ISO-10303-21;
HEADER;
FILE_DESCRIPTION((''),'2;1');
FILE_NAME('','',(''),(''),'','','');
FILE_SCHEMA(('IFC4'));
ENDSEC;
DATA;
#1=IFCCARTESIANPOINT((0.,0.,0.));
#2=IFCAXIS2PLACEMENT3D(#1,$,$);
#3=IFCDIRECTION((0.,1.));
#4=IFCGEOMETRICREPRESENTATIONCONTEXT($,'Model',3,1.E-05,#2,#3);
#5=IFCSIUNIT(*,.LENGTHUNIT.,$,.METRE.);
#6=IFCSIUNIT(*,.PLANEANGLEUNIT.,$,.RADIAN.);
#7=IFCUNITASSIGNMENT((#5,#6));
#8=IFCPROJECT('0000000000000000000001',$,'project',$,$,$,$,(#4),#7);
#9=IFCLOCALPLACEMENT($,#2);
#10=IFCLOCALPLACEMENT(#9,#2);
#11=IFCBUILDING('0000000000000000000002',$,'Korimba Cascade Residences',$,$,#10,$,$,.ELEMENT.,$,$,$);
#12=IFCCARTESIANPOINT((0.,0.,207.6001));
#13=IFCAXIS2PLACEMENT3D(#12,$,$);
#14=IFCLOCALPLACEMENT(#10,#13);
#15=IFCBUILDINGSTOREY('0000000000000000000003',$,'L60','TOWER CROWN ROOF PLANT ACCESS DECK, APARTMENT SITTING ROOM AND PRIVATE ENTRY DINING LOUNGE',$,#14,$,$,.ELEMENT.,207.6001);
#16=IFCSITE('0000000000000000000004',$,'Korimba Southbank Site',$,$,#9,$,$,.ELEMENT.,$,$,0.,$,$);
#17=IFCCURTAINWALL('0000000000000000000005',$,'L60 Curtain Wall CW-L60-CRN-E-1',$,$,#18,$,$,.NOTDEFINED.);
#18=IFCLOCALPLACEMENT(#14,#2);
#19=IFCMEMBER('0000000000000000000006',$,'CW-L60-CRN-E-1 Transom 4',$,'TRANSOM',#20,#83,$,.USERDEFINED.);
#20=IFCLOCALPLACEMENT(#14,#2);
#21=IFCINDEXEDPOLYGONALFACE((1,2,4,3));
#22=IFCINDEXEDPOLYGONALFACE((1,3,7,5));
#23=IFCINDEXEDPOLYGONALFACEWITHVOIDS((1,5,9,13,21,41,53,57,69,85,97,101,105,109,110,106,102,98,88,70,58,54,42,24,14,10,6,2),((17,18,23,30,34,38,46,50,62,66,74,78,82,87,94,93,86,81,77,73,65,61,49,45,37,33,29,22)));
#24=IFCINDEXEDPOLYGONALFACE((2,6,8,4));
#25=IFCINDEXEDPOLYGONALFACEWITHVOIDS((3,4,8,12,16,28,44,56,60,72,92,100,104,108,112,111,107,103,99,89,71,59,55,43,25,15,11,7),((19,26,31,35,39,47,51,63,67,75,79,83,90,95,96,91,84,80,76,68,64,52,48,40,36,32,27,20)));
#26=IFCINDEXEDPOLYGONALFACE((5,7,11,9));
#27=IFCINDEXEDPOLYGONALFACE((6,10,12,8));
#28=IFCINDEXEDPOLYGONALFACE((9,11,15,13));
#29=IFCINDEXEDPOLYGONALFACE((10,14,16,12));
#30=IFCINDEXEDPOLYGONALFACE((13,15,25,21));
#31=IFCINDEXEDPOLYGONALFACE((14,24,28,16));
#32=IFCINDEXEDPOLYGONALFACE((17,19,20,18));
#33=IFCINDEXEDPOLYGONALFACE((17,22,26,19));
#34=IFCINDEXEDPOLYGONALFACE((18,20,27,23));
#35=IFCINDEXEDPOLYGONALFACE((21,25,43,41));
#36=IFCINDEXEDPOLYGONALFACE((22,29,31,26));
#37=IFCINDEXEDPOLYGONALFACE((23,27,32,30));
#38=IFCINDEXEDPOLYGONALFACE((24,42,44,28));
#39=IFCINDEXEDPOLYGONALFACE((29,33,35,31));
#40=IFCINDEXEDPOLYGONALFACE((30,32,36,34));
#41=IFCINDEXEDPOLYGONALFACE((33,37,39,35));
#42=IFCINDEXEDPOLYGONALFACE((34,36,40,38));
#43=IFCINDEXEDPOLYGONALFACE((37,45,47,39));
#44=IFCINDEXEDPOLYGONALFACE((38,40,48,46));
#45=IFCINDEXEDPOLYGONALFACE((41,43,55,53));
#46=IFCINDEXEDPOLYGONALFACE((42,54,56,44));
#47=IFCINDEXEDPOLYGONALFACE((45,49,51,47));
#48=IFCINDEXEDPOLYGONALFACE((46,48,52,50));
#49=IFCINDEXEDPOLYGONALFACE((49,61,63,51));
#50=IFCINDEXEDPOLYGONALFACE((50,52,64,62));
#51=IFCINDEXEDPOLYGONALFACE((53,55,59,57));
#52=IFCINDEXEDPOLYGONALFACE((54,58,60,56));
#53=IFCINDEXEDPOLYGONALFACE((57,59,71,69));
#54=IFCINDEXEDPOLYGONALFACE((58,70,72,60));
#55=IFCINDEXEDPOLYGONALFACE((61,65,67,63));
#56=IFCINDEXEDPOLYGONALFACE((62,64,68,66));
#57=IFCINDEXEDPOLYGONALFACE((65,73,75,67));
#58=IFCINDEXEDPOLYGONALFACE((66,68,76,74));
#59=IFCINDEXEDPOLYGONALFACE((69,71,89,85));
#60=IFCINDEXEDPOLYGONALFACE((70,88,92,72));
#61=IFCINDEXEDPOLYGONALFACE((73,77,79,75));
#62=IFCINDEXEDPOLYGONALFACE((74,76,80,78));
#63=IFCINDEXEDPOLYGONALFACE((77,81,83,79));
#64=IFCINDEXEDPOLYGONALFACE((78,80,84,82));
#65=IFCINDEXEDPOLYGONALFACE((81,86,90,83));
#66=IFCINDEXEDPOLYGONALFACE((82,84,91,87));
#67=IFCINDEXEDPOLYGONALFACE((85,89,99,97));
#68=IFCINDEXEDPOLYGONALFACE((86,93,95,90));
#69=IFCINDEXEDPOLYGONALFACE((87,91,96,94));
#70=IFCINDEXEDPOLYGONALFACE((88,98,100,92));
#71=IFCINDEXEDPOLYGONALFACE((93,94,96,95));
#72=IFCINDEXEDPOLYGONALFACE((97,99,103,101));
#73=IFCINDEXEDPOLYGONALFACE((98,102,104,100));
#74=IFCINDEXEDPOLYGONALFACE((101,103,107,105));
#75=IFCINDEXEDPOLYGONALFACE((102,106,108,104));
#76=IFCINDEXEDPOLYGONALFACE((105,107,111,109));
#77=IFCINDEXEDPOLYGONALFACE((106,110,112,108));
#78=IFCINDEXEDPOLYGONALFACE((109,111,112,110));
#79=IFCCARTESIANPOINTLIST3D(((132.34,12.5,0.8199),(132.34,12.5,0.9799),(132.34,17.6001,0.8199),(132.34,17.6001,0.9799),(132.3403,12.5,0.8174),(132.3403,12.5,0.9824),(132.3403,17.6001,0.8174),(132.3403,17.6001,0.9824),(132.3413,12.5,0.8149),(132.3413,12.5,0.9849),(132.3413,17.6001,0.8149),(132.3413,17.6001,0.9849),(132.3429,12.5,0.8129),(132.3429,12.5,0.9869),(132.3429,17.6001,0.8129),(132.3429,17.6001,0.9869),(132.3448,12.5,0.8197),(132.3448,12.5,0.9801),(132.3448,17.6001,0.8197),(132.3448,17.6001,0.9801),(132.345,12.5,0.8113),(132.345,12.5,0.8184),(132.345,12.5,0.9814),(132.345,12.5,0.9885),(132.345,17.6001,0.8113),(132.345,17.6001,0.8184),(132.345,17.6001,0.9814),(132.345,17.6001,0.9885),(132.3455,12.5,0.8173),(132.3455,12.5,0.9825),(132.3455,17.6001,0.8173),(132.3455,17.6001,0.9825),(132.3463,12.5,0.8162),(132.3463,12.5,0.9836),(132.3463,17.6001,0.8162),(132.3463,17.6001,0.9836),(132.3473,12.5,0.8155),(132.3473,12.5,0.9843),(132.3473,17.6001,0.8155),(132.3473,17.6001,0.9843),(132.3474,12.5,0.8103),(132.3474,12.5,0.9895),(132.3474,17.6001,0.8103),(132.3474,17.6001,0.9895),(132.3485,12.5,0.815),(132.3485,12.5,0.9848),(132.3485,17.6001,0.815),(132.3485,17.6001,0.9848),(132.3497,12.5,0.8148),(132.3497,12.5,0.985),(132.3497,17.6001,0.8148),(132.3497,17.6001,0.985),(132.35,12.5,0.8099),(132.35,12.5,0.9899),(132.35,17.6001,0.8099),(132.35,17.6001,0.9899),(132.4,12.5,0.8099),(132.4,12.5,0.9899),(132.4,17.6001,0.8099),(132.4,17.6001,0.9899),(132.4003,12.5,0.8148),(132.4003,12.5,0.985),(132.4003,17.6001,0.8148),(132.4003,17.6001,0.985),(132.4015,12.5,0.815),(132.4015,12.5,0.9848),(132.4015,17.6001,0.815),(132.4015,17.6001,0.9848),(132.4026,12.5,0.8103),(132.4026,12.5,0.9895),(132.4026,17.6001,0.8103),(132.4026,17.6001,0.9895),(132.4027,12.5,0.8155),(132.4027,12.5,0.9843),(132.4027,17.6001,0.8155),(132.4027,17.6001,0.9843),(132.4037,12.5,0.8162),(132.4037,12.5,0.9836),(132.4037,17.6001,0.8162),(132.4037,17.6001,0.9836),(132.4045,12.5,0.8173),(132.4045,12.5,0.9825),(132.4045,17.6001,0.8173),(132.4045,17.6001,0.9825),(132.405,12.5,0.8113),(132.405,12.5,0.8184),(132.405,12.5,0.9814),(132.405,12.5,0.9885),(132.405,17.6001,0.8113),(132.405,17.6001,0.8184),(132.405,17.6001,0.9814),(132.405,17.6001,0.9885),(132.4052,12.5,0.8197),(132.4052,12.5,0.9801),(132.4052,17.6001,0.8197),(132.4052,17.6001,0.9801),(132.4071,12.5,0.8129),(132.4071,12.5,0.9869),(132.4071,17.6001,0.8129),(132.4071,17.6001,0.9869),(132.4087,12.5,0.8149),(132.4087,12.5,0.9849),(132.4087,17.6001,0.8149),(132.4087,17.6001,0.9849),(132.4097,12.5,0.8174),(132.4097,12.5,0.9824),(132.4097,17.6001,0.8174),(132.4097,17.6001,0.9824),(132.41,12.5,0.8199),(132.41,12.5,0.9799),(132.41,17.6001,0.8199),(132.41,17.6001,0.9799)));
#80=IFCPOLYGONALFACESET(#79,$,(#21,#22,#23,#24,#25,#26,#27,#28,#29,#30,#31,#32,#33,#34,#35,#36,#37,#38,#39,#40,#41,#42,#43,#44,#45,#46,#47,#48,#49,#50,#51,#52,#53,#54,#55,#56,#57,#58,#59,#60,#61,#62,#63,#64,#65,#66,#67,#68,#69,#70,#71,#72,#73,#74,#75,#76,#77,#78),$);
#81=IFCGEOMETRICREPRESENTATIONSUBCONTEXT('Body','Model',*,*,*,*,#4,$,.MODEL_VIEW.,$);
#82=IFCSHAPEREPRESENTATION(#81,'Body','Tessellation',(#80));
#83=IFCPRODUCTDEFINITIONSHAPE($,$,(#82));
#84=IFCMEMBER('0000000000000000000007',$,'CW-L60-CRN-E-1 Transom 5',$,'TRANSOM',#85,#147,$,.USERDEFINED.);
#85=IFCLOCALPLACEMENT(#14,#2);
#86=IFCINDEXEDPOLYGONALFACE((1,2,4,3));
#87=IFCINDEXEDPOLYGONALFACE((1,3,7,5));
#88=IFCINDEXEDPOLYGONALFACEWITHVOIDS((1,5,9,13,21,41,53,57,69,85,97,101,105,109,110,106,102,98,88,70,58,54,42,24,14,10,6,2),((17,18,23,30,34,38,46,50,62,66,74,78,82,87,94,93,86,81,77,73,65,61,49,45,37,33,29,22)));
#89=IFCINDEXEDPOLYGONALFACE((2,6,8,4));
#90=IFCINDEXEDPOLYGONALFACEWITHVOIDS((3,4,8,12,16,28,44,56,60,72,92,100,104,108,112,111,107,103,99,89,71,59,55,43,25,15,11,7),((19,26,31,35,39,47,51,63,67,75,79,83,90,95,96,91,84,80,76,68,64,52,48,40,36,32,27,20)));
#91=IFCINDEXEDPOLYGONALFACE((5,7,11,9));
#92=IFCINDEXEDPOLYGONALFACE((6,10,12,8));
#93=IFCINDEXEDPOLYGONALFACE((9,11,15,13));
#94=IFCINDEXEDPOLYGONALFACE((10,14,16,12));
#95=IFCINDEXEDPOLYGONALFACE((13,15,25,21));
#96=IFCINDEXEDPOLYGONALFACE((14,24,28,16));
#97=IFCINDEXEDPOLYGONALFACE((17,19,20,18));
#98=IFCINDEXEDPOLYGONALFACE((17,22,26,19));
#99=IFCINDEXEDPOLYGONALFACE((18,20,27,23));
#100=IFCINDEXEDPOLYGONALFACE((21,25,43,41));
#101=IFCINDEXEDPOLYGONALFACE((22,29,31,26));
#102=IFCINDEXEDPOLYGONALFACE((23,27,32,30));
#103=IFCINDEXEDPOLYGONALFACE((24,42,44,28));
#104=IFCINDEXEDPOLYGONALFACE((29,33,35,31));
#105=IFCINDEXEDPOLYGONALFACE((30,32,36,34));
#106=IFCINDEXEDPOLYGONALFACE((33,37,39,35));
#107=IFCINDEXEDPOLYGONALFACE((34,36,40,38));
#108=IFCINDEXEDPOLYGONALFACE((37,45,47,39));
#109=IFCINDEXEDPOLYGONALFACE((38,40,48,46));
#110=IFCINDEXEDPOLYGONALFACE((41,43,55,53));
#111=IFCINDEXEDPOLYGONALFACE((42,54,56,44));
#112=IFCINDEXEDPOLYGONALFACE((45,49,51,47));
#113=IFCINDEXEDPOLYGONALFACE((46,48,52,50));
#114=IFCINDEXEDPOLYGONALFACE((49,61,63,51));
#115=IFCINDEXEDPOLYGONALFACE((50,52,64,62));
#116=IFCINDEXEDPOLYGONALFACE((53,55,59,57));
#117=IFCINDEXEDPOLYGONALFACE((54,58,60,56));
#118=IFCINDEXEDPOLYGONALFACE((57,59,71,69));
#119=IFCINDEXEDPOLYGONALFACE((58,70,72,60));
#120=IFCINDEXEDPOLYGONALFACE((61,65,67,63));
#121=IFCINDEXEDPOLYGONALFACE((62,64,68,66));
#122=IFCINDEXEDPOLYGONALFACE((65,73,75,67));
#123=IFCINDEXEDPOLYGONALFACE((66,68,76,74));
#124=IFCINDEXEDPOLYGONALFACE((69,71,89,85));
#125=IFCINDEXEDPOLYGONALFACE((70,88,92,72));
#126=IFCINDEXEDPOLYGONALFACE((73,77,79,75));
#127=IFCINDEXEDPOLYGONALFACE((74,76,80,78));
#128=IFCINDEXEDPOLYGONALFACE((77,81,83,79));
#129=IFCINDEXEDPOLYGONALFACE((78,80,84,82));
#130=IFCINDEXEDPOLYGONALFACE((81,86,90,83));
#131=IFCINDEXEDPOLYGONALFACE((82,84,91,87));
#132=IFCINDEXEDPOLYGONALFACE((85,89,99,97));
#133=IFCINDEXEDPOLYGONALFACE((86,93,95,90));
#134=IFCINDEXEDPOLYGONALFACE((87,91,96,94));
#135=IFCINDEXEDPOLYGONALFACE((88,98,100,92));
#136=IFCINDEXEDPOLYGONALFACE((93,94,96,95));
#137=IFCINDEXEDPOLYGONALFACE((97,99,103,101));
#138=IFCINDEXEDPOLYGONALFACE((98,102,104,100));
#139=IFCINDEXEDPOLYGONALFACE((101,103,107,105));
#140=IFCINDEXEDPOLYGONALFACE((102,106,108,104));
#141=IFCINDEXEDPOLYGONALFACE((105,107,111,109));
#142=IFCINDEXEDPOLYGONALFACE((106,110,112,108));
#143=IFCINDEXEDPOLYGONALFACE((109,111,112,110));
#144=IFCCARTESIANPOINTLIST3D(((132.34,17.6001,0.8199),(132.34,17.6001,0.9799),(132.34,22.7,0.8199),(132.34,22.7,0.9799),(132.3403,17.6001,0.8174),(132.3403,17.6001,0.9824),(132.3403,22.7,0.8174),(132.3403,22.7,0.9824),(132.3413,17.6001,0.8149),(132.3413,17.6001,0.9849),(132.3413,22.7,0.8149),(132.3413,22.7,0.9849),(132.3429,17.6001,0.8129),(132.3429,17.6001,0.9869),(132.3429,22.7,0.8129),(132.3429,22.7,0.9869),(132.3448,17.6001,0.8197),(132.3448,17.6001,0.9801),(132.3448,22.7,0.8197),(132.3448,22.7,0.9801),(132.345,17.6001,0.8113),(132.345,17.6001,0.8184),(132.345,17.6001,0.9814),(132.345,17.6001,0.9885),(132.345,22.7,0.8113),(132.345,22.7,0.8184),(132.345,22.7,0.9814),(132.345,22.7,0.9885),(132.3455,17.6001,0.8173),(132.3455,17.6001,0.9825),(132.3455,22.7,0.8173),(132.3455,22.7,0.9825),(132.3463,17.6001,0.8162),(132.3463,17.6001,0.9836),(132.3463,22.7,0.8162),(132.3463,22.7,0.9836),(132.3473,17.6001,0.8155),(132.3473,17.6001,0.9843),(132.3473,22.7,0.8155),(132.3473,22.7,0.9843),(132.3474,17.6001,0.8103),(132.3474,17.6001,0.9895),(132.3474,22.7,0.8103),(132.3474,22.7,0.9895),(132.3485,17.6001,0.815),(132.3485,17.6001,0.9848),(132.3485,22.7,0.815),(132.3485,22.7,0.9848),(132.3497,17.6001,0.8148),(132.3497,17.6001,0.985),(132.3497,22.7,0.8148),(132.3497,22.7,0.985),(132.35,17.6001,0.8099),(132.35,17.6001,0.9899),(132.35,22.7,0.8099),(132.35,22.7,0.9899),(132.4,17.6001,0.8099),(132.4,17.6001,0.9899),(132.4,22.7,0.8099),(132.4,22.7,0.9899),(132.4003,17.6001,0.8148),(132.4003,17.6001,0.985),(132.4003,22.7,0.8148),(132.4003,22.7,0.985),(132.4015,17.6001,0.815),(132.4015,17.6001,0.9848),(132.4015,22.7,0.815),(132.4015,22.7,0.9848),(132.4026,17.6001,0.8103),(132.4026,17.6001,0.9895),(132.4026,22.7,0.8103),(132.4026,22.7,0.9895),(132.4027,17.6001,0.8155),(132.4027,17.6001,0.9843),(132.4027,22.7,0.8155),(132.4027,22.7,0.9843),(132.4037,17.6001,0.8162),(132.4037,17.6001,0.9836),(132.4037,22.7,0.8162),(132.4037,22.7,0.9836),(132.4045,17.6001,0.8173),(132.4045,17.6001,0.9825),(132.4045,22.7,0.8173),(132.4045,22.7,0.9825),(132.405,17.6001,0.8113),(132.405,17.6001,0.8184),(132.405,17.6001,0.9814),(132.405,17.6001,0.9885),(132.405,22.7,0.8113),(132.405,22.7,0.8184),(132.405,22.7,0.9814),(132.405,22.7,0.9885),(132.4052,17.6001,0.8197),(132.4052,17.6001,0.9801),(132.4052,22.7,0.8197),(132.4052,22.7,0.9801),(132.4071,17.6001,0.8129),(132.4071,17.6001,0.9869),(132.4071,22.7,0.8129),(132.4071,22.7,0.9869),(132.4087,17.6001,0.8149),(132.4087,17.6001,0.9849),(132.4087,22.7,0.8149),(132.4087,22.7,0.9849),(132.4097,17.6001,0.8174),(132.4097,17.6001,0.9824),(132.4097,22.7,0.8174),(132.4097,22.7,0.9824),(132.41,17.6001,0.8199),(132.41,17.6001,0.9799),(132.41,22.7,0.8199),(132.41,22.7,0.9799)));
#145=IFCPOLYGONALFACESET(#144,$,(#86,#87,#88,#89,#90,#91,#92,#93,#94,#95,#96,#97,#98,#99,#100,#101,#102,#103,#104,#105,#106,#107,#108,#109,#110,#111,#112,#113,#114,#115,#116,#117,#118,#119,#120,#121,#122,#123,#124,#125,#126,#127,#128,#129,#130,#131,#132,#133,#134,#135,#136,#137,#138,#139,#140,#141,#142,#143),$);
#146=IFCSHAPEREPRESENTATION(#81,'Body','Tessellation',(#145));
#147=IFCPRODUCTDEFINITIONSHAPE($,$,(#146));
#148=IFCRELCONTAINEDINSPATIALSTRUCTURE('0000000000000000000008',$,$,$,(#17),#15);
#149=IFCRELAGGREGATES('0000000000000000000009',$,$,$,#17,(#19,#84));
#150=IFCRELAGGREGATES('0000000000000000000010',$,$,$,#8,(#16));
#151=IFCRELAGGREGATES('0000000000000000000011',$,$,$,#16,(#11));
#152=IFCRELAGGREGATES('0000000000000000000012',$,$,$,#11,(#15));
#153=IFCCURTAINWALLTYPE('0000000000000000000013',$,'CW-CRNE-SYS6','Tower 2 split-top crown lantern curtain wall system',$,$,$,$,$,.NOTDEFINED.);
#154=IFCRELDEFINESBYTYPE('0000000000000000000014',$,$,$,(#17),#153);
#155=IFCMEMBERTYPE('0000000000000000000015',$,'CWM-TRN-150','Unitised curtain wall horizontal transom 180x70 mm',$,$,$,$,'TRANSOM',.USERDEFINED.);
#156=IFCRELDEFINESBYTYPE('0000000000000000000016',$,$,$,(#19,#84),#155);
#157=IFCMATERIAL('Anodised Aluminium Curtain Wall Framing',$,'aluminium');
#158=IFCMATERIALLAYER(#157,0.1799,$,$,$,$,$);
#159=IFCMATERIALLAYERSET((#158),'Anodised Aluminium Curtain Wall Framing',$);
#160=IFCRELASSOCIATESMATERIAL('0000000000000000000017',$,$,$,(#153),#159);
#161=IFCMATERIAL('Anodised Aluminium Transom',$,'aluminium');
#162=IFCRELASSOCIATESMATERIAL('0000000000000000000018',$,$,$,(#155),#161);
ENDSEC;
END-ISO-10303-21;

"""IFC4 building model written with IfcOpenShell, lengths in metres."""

from ifc_helpers import new_model, si_unit, direction, frame, origin, origin_2d, place, context, subcontext, project, spatial, hollow_rectangle, extrude, material, layer, layer_set, material_profile, profile_set, type_object, element, aggregate, save


model = new_model("IFC4")

# Units and contexts
model_context = context("Model", 3, precision=1e-05, world=origin(), true_north=direction((0.0, 1.0)))
body_context = subcontext(model_context, "Body", "Model", "MODEL_VIEW")
ifc_project = project(units=[si_unit("LENGTHUNIT", "METRE"), si_unit("PLANEANGLEUNIT", "RADIAN")], contexts=[model_context])

# Site, building, storey
site_placement = place(None, origin())
site = spatial("IfcSite", under=ifc_project, at=site_placement, Name="Korimba Southbank Site", CompositionType="ELEMENT", RefElevation=0.0)
building_placement = place(site_placement, origin())
building = spatial("IfcBuilding", under=site, at=building_placement, Name="Korimba Cascade Residences", CompositionType="ELEMENT")
storey_placement = place(building_placement, frame((0.0, 0.0, 207.6001)))
storey = spatial("IfcBuildingStorey", under=building, at=storey_placement, Name="L60", Description="TOWER CROWN ROOF PLANT ACCESS DECK, APARTMENT SITTING ROOM AND PRIVATE ENTRY DINING LOUNGE", CompositionType="ELEMENT", Elevation=207.6001)

# Curtain wall, members
ifc_material_1 = material(Name="Anodised Aluminium Curtain Wall Framing", Category="aluminium")
ifc_layer_1 = layer(ifc_material_1, 0.1799)
ifc_layer_set_1 = layer_set([ifc_layer_1], Name="Anodised Aluminium Curtain Wall Framing")
curtain_wall_type = type_object("IfcCurtainWallType", Name="CW-CRNE-SYS6", Description="Tower 2 split-top crown lantern curtain wall system", PredefinedType="NOTDEFINED", material=ifc_layer_set_1)
curtain_wall_placement = place(storey_placement, origin())
curtain_wall = element("IfcCurtainWall", 1, at=curtain_wall_placement, inside=storey, type_object=curtain_wall_type, Name="L60 Curtain Wall CW-L60-CRN-E-1", PredefinedType="NOTDEFINED")
ifc_material_2 = material(Name="Anodised Aluminium Transom", Category="aluminium")
ifc_material_profile_1 = material_profile(ifc_material_2, hollow_rectangle(XDim=0.0701, YDim=0.1799, WallThickness=0.0049, InnerFilletRadius=0.0049, OuterFilletRadius=0.01, at=origin_2d()), Name="Anodised Aluminium Transom")
ifc_profile_set_1 = profile_set([ifc_material_profile_1], Name="Anodised Aluminium Transom")
member_type_1 = type_object("IfcMemberType", Name="CWM-TRN-150", Description="Unitised curtain wall horizontal transom 180x70 mm", ElementType="TRANSOM", PredefinedType="USERDEFINED", material=ifc_profile_set_1)
member_1_placement = place(storey_placement, frame((132.375, 12.5, 0.8999), z_axis=(0.0, 1.0, 0.0), x_axis=(-1.0, 0.0, 0.0)))
member_1 = element("IfcMember", 2, at=member_1_placement, type_object=member_type_1, Name="CW-L60-CRN-E-1 Transom 4", ObjectType="TRANSOM", PredefinedType="USERDEFINED", context=body_context, shape_type="SweptSolid", body=[
    extrude(hollow_rectangle(XDim=0.0701, YDim=0.1799, WallThickness=0.0049, InnerFilletRadius=0.0049, OuterFilletRadius=0.01, at=origin_2d()), origin(), (0.0, 0.0, 1.0), 5.1001),
])
member_2_placement = place(storey_placement, frame((132.375, 17.6001, 0.8999), z_axis=(0.0, 1.0, 0.0), x_axis=(-1.0, 0.0, 0.0)))
member_2 = element("IfcMember", 3, at=member_2_placement, type_object=member_type_1, Name="CW-L60-CRN-E-1 Transom 5", ObjectType="TRANSOM", PredefinedType="USERDEFINED", context=body_context, shape_type="SweptSolid", body=[
    extrude(hollow_rectangle(XDim=0.0701, YDim=0.1799, WallThickness=0.0049, InnerFilletRadius=0.0049, OuterFilletRadius=0.01, at=origin_2d()), origin(), (0.0, 0.0, 1.0), 5.0999),
])

aggregate(curtain_wall, [member_1, member_2])

save(model, "model.ifc")
